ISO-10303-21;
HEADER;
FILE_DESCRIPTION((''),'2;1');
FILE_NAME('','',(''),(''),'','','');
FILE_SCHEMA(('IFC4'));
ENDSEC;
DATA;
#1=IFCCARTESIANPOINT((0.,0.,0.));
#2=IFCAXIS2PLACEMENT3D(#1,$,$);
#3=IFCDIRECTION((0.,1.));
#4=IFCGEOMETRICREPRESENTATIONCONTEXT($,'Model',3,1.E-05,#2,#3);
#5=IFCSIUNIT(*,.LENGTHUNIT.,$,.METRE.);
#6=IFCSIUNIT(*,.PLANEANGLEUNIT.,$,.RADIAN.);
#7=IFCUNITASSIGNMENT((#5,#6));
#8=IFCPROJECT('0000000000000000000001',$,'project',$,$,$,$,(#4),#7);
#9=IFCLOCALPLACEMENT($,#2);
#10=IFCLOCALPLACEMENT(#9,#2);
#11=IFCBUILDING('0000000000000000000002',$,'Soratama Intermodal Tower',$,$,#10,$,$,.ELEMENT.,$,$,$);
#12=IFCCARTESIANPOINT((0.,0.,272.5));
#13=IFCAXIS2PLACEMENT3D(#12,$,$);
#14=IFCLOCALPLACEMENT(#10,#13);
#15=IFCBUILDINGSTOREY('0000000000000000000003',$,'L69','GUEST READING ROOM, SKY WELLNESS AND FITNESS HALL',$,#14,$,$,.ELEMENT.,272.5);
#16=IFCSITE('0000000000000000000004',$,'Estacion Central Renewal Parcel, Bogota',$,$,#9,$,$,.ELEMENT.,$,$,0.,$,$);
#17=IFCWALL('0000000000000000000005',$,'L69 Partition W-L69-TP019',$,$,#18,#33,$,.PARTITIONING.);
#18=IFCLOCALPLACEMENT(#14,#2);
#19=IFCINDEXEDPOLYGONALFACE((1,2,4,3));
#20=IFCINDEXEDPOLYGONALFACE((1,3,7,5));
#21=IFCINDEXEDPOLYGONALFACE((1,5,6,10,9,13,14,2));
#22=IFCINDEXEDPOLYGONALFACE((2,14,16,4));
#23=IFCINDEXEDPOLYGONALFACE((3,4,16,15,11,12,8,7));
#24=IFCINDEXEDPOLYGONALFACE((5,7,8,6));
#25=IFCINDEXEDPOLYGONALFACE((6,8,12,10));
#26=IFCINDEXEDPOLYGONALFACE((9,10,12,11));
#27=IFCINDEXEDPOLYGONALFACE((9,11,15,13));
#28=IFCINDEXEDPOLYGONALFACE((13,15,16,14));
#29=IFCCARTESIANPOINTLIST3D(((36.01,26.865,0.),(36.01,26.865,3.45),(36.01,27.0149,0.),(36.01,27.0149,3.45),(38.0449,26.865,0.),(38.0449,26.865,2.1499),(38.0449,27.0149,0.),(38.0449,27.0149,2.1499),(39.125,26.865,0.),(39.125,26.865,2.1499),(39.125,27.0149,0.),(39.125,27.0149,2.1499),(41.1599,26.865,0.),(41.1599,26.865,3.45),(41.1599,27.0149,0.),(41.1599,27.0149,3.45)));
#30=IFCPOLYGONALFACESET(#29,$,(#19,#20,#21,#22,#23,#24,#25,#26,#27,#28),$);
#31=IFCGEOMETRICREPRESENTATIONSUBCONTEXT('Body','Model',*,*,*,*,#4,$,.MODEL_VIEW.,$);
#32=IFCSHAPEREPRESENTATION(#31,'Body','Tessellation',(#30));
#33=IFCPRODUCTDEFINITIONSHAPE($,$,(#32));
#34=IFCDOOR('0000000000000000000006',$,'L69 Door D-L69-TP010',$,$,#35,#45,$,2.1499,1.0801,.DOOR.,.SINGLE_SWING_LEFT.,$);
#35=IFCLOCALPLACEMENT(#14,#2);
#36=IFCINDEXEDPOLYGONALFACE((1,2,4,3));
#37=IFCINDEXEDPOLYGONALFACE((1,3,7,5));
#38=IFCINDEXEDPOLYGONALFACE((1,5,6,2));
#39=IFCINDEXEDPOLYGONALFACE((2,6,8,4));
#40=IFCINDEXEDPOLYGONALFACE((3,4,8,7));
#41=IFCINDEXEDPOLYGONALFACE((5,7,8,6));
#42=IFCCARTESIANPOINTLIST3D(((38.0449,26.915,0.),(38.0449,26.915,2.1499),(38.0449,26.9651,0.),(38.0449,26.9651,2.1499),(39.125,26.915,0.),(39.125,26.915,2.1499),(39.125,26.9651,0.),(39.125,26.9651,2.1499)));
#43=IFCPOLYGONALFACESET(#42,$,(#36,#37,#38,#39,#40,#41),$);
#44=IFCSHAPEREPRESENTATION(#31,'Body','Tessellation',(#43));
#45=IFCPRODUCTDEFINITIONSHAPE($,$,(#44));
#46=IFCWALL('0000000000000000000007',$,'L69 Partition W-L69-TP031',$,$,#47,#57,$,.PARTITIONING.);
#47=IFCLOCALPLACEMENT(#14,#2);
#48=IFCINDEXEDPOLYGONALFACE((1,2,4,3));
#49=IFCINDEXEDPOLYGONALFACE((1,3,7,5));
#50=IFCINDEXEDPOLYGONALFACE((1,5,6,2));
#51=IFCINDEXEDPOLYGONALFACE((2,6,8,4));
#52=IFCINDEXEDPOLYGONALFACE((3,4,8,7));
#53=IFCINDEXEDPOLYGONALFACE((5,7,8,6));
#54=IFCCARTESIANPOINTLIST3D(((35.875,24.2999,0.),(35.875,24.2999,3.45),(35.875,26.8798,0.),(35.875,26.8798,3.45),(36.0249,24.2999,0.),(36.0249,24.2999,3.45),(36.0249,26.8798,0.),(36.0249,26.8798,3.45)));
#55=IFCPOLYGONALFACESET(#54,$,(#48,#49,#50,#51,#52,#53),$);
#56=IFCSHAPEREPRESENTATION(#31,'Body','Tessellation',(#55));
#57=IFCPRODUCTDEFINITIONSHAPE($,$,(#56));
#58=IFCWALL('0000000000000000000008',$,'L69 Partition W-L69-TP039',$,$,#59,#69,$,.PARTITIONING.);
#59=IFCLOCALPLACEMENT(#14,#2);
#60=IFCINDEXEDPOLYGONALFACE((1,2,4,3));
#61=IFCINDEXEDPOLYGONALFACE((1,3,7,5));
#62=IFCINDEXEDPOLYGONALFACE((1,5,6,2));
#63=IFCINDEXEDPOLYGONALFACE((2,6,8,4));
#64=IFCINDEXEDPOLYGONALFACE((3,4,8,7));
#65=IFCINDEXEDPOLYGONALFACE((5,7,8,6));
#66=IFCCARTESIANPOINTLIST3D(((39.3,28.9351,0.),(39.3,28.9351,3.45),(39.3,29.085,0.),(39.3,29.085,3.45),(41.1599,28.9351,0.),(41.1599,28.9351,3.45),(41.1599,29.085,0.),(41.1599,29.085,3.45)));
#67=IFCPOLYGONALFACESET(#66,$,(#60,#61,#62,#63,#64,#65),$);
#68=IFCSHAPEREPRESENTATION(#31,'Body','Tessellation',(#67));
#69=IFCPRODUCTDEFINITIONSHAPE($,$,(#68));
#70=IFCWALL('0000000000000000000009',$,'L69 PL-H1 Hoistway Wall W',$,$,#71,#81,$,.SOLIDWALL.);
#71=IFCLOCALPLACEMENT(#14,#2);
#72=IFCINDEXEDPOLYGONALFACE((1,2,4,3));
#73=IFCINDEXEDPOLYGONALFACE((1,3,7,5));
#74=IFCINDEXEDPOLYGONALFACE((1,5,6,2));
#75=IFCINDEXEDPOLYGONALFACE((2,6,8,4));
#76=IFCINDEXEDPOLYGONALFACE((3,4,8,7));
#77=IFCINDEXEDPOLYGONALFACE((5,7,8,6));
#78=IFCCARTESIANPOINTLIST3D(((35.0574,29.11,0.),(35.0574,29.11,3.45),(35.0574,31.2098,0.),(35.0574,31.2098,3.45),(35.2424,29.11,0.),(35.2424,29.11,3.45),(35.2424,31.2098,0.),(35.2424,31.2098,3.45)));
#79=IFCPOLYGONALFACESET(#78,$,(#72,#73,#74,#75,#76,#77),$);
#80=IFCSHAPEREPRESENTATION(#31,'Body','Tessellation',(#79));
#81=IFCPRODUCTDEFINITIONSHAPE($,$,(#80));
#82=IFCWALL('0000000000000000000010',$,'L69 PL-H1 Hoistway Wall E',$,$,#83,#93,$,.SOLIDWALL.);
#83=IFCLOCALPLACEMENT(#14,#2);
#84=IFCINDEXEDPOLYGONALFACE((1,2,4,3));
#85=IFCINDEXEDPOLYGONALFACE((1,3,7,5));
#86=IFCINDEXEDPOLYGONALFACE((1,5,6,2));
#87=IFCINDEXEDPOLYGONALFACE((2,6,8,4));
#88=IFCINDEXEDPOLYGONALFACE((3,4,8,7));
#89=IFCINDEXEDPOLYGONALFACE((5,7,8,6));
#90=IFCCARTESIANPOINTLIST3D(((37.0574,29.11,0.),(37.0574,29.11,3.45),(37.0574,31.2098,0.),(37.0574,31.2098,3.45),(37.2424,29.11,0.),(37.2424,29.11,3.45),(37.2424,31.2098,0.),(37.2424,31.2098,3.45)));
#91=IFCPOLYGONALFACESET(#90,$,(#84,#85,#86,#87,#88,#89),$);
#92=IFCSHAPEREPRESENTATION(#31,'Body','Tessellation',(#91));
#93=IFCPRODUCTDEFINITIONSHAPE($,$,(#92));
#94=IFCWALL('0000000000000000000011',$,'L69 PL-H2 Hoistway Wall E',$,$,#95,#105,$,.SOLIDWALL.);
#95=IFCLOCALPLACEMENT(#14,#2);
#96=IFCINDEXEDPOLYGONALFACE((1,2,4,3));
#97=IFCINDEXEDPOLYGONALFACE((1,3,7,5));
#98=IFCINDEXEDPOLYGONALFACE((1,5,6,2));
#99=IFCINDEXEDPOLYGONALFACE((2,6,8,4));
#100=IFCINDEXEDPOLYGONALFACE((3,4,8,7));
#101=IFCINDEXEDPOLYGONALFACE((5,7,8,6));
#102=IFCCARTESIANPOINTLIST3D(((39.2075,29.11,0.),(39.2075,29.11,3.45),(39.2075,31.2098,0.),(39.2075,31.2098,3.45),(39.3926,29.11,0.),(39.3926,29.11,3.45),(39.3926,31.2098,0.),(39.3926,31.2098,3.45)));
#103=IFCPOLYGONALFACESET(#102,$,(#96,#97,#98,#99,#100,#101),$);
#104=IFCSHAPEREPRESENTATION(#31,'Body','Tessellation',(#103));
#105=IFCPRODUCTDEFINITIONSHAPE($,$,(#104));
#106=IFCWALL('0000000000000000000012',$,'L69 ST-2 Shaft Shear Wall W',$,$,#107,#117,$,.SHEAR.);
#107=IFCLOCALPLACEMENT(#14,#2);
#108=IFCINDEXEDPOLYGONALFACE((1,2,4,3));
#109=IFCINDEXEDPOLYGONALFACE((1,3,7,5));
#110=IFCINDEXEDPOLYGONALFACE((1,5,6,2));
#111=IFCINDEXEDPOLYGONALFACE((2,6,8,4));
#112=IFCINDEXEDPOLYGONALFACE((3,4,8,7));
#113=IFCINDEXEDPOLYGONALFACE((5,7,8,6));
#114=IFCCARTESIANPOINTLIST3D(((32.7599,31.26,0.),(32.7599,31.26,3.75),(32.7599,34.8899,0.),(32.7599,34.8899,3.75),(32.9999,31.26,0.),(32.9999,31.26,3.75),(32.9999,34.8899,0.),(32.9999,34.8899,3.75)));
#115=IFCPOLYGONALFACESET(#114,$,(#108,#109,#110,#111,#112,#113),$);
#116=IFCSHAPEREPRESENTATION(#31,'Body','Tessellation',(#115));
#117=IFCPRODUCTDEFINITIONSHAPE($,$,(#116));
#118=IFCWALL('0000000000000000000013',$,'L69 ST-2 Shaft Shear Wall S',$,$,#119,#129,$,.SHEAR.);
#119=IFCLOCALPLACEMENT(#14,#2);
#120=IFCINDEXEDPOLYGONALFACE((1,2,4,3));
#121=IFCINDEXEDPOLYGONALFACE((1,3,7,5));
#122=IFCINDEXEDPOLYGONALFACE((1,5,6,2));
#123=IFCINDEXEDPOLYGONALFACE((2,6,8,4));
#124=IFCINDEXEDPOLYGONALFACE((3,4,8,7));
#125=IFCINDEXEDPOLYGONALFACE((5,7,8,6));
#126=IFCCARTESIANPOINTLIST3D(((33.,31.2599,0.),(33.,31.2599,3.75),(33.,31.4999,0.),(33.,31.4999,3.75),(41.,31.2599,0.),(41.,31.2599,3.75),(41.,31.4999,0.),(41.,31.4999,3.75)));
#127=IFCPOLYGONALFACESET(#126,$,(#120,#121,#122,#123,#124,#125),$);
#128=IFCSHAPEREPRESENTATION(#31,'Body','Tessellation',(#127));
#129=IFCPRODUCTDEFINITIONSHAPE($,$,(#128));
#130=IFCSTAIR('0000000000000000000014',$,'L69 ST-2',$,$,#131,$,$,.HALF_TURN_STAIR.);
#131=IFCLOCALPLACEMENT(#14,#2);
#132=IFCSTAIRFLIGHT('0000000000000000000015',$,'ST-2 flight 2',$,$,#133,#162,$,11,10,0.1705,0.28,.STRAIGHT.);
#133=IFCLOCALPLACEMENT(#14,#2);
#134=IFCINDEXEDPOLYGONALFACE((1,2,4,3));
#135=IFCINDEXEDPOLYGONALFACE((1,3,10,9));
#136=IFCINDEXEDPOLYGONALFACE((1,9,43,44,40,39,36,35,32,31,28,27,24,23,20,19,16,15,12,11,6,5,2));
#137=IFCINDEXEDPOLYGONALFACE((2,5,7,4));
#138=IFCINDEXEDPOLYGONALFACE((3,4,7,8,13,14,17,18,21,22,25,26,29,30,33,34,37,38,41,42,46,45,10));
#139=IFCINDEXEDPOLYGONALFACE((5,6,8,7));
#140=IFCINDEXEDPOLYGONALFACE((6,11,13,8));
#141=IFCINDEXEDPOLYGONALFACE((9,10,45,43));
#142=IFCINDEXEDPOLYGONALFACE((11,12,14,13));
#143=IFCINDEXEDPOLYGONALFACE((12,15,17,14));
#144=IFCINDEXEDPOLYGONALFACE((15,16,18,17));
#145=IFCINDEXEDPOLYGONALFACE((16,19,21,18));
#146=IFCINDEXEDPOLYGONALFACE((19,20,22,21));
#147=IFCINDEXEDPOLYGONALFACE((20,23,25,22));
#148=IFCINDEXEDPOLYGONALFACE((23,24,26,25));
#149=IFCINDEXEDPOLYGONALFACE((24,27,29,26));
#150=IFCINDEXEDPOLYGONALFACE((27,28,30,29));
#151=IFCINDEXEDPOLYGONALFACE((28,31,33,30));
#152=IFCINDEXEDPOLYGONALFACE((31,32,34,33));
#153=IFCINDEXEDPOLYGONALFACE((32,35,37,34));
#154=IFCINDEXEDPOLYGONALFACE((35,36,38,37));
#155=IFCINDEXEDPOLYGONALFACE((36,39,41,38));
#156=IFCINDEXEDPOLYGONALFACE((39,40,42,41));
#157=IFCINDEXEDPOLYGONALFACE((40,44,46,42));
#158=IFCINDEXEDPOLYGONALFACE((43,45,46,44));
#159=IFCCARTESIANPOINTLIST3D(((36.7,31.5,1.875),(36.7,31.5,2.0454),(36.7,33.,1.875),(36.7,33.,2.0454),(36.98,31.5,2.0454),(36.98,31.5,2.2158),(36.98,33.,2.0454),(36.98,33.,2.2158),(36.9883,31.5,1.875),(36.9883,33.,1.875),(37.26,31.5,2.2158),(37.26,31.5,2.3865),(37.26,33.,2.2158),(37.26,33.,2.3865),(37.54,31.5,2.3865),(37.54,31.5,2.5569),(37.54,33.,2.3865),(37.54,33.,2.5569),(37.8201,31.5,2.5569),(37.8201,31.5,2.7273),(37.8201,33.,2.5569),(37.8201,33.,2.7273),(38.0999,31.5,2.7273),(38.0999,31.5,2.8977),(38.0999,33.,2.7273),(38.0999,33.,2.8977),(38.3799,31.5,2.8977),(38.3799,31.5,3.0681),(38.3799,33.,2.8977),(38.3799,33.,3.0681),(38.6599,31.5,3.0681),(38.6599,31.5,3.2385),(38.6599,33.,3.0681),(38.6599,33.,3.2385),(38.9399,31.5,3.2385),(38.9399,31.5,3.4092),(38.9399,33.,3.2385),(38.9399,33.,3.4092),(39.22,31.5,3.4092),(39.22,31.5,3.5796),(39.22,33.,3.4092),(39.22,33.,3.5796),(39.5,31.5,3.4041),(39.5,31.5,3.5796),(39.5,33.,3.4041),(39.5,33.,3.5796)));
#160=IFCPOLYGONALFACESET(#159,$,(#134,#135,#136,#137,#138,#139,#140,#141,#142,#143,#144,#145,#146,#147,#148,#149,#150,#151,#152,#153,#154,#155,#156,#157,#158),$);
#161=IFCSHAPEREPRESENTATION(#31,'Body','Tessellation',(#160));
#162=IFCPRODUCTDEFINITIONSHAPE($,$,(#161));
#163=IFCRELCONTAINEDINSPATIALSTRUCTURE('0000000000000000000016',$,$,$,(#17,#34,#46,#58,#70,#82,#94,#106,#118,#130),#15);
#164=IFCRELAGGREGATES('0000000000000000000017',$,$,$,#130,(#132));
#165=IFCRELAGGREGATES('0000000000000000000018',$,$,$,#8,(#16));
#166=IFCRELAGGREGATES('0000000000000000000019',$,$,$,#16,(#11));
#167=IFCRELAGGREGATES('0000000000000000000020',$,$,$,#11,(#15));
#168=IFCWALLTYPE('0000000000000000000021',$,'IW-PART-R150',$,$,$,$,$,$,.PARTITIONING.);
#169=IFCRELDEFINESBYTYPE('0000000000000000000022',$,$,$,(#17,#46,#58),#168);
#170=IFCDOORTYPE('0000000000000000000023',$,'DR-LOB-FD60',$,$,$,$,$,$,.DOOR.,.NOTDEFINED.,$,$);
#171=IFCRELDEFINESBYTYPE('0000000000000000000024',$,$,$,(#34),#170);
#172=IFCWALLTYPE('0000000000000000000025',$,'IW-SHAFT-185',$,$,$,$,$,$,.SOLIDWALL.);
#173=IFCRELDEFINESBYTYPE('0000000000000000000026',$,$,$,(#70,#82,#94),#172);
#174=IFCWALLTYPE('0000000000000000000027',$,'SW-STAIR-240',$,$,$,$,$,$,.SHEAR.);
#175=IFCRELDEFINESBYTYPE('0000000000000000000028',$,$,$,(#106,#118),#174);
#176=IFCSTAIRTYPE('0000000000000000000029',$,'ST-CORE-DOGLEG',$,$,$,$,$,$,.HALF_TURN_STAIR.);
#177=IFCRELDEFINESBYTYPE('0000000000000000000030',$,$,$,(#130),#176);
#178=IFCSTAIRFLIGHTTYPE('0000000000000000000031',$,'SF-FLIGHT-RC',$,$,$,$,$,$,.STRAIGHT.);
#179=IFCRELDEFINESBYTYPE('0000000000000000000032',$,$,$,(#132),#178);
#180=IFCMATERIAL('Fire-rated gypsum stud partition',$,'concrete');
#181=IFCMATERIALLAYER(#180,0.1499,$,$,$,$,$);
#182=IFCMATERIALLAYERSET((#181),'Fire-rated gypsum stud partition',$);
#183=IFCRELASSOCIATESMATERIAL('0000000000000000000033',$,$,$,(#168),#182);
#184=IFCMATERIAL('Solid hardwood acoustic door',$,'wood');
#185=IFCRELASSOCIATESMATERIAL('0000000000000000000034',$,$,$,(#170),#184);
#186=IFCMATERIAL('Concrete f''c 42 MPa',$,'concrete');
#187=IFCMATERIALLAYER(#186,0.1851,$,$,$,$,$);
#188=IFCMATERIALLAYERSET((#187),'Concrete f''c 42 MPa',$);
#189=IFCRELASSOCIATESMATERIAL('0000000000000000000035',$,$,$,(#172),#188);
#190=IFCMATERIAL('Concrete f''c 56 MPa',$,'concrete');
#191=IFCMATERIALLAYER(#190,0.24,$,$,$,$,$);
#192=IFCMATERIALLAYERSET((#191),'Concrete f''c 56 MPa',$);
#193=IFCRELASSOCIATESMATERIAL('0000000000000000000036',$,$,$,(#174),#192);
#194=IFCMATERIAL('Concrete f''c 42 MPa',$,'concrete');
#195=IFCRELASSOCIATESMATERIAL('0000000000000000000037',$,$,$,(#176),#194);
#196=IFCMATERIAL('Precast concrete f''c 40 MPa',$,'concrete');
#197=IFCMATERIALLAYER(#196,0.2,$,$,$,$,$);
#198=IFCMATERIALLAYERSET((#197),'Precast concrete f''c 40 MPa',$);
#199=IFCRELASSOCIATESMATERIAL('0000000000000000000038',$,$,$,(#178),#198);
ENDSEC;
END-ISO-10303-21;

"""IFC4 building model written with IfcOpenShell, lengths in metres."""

from ifc_helpers import new_model, si_unit, direction, frame, frame_2d, origin, place, context, subcontext, project, spatial, polyline, rectangle, outline, extrude, material, layer, layer_set, type_object, element, fill, aggregate, save


model = new_model("IFC4")

# Units and contexts
model_context = context("Model", 3, precision=1e-05, world=origin(), true_north=direction((0.0, 1.0)))
body_context = subcontext(model_context, "Body", "Model", "MODEL_VIEW")
ifc_project = project(units=[si_unit("LENGTHUNIT", "METRE"), si_unit("PLANEANGLEUNIT", "RADIAN")], contexts=[model_context])

# Site, building, storey
site_placement = place(None, origin())
site = spatial("IfcSite", under=ifc_project, at=site_placement, Name="Estacion Central Renewal Parcel, Bogota", CompositionType="ELEMENT", RefElevation=0.0)
building_placement = place(site_placement, origin())
building = spatial("IfcBuilding", under=site, at=building_placement, Name="Soratama Intermodal Tower", CompositionType="ELEMENT")
storey_placement = place(building_placement, frame((0.0, 0.0, 272.5)))
storey = spatial("IfcBuildingStorey", under=building, at=storey_placement, Name="L69", Description="GUEST READING ROOM, SKY WELLNESS AND FITNESS HALL", CompositionType="ELEMENT", Elevation=272.5)

# Wall, opening, door
ifc_material_1 = material(Name="Fire-rated gypsum stud partition", Category="concrete")
ifc_layer_1 = layer(ifc_material_1, 0.1499)
ifc_layer_set_1 = layer_set([ifc_layer_1], Name="Fire-rated gypsum stud partition")
wall_type_1 = type_object("IfcWallType", Name="IW-PART-R150", PredefinedType="PARTITIONING", material=ifc_layer_set_1)
wall_1_placement = place(storey_placement, frame((41.1599, 26.9399, 0.0), z_axis=(0.0, 0.0, 1.0), x_axis=(-1.0, 0.0, 0.0)))
wall_1 = element("IfcWall", 1, at=wall_1_placement, inside=storey, type_object=wall_type_1, Name="L69 Partition W-L69-TP019", PredefinedType="PARTITIONING", context=body_context, shape_type="SweptSolid", body=[
    extrude(rectangle(XDim=5.1499, YDim=0.1499, at=frame_2d((2.575, 0.0))), origin(), (0.0, 0.0, 1.0), 3.45),
])
opening_1_placement = place(wall_1_placement, frame((2.0349, 0.0, 0.0)))
opening_1 = element("IfcOpeningElement", 2, at=opening_1_placement, cuts=wall_1, PredefinedType="OPENING", context=body_context, shape_type="SweptSolid", body=[
    extrude(rectangle(XDim=1.0801, YDim=2.1499, at=frame_2d((0.54, 1.075))), frame((0.0, 0.085, 0.0), z_axis=(0.0, -1.0, 0.0), x_axis=(1.0, 0.0, 0.0)), (0.0, 0.0, 1.0), 0.1699),
])
ifc_material_2 = material(Name="Solid hardwood acoustic door", Category="wood")
door_type_1 = type_object("IfcDoorType", Name="DR-LOB-FD60", OperationType="NOTDEFINED", PredefinedType="DOOR", material=ifc_material_2)
door_1_placement = place(opening_1_placement, origin())
door_1 = element("IfcDoor", 3, at=door_1_placement, inside=storey, type_object=door_type_1, Name="L69 Door D-L69-TP010", OperationType="SINGLE_SWING_LEFT", OverallHeight=2.1499, OverallWidth=1.0801, PredefinedType="DOOR", context=body_context, shape_type="SweptSolid", body=[
    extrude(rectangle(XDim=1.0801, YDim=2.1499, at=frame_2d((0.54, 1.075))), frame((0.0, 0.0249, 0.0), z_axis=(0.0, -1.0, 0.0), x_axis=(1.0, 0.0, 0.0)), (0.0, 0.0, 1.0), 0.05),
])
fill(opening_1, door_1)

# Wall
wall_2_placement = place(storey_placement, frame((35.95, 26.8799, 0.0), z_axis=(0.0, 0.0, 1.0), x_axis=(0.0, -1.0, 0.0)))
element("IfcWall", 4, at=wall_2_placement, inside=storey, type_object=wall_type_1, Name="L69 Partition W-L69-TP031", PredefinedType="PARTITIONING", context=body_context, shape_type="SweptSolid", body=[
    extrude(rectangle(XDim=2.5798, YDim=0.1499, at=frame_2d((1.29, 0.0))), origin(), (0.0, 0.0, 1.0), 3.45),
])

# Wall
wall_3_placement = place(storey_placement, frame((39.3, 29.01, 0.0), z_axis=(0.0, 0.0, 1.0), x_axis=(1.0, 0.0, 0.0)))
element("IfcWall", 5, at=wall_3_placement, inside=storey, type_object=wall_type_1, Name="L69 Partition W-L69-TP039", PredefinedType="PARTITIONING", context=body_context, shape_type="SweptSolid", body=[
    extrude(rectangle(XDim=1.8599, YDim=0.1499, at=frame_2d((0.9299, 0.0))), origin(), (0.0, 0.0, 1.0), 3.45),
])

# Shared definitions
ifc_material_3 = material(Name="Concrete f'c 42 MPa", Category="concrete")
ifc_layer_2 = layer(ifc_material_3, 0.1851)
ifc_layer_set_2 = layer_set([ifc_layer_2], Name="Concrete f'c 42 MPa")
wall_type_2 = type_object("IfcWallType", Name="IW-SHAFT-185", PredefinedType="SOLIDWALL", material=ifc_layer_set_2)

# Walls
for number, where, z_axis, x_axis, name in (
    (6, (35.1499, 29.1101, 0.0), (0.0, 0.0, 1.0), (0.0, 1.0, 0.0), "L69 PL-H1 Hoistway Wall W"),
    (7, (37.1499, 29.1101, 0.0), (0.0, 0.0, 1.0), (0.0, 1.0, 0.0), "L69 PL-H1 Hoistway Wall E"),
):
    element("IfcWall", number, at=place(storey_placement, frame(where, z_axis=z_axis, x_axis=x_axis)), inside=storey, type_object=wall_type_2, Name=name, PredefinedType="SOLIDWALL", context=body_context, shape_type="SweptSolid", body=[
        extrude(rectangle(XDim=2.0999, YDim=0.1851, at=frame_2d((1.0498, 0.0))), origin(), (0.0, 0.0, 1.0), 3.45),
    ])

# Walls
wall_4_placement = place(storey_placement, frame((39.3, 29.1101, 0.0), z_axis=(0.0, 0.0, 1.0), x_axis=(0.0, 1.0, 0.0)))
element("IfcWall", 8, at=wall_4_placement, inside=storey, type_object=wall_type_2, Name="L69 PL-H2 Hoistway Wall E", PredefinedType="SOLIDWALL", context=body_context, shape_type="SweptSolid", body=[
    extrude(rectangle(XDim=2.0999, YDim=0.1851, at=frame_2d((1.0498, 0.0))), origin(), (0.0, 0.0, 1.0), 3.45),
])
ifc_material_4 = material(Name="Concrete f'c 56 MPa", Category="concrete")
ifc_layer_3 = layer(ifc_material_4, 0.24)
ifc_layer_set_3 = layer_set([ifc_layer_3], Name="Concrete f'c 56 MPa")
wall_type_3 = type_object("IfcWallType", Name="SW-STAIR-240", PredefinedType="SHEAR", material=ifc_layer_set_3)
wall_5_placement = place(storey_placement, frame((32.8799, 31.26, 0.0), z_axis=(0.0, 0.0, 1.0), x_axis=(0.0, 1.0, 0.0)))
element("IfcWall", 9, at=wall_5_placement, inside=storey, type_object=wall_type_3, Name="L69 ST-2 Shaft Shear Wall W", PredefinedType="SHEAR", context=body_context, shape_type="SweptSolid", body=[
    extrude(rectangle(XDim=3.6299, YDim=0.24, at=frame_2d((1.8149, 0.0))), origin(), (0.0, 0.0, 1.0), 3.75),
])

# Wall
wall_6_placement = place(storey_placement, frame((33.0, 31.3799, 0.0), z_axis=(0.0, 0.0, 1.0), x_axis=(1.0, 0.0, 0.0)))
element("IfcWall", 10, at=wall_6_placement, inside=storey, type_object=wall_type_3, Name="L69 ST-2 Shaft Shear Wall S", PredefinedType="SHEAR", context=body_context, shape_type="SweptSolid", body=[
    extrude(rectangle(XDim=8.0, YDim=0.24, at=frame_2d((4.0, 0.0))), origin(), (0.0, 0.0, 1.0), 3.75),
])

# Stair, stair flight
ifc_material_5 = material(Name="Concrete f'c 42 MPa", Category="concrete")
stair_type = type_object("IfcStairType", Name="ST-CORE-DOGLEG", PredefinedType="HALF_TURN_STAIR", material=ifc_material_5)
stair_placement = place(storey_placement, origin())
stair = element("IfcStair", 11, at=stair_placement, inside=storey, type_object=stair_type, Name="L69 ST-2", PredefinedType="HALF_TURN_STAIR")
ifc_material_6 = material(Name="Precast concrete f'c 40 MPa", Category="concrete")
ifc_layer_4 = layer(ifc_material_6, 0.2)
ifc_layer_set_4 = layer_set([ifc_layer_4], Name="Precast concrete f'c 40 MPa")
stair_flight_type = type_object("IfcStairFlightType", Name="SF-FLIGHT-RC", PredefinedType="STRAIGHT", material=ifc_layer_set_4)
stair_flight_placement = place(storey_placement, frame((36.7, 32.25, 1.875), z_axis=(0.0, 0.0, 1.0), x_axis=(1.0, 0.0, 0.0)))
stair_flight = element("IfcStairFlight", 12, at=stair_flight_placement, type_object=stair_flight_type, Name="ST-2 flight 2", NumberOfRisers=11, NumberOfTreads=10, PredefinedType="STRAIGHT", RiserHeight=0.1705, TreadLength=0.28, context=body_context, shape_type="SweptSolid", body=[
    extrude(outline(polyline([(0.0, 0.0), (0.0, 0.1704), (0.28, 0.1704), (0.28, 0.3408), (0.5601, 0.3408), (0.5601, 0.5115), (0.8401, 0.5115), (0.8401, 0.6819), (1.1201, 0.6819), (1.1201, 0.8523), (1.3999, 0.8523), (1.3999, 1.0227), (1.6799, 1.0227), (1.6799, 1.1931), (1.96, 1.1931), (1.96, 1.3635), (2.24, 1.3635), (2.24, 1.5342), (2.52, 1.5342), (2.52, 1.7046), (2.8, 1.7046), (2.8, 1.875), (2.8, 1.5291), (0.2883, 0.0), (0.0, 0.0)])), frame((0.0, 0.75, 0.0), z_axis=(0.0, -1.0, 0.0), x_axis=(1.0, 0.0, 0.0)), (0.0, 0.0, 1.0), 1.5),
])
aggregate(stair, [stair_flight])

save(model, "model.ifc")
